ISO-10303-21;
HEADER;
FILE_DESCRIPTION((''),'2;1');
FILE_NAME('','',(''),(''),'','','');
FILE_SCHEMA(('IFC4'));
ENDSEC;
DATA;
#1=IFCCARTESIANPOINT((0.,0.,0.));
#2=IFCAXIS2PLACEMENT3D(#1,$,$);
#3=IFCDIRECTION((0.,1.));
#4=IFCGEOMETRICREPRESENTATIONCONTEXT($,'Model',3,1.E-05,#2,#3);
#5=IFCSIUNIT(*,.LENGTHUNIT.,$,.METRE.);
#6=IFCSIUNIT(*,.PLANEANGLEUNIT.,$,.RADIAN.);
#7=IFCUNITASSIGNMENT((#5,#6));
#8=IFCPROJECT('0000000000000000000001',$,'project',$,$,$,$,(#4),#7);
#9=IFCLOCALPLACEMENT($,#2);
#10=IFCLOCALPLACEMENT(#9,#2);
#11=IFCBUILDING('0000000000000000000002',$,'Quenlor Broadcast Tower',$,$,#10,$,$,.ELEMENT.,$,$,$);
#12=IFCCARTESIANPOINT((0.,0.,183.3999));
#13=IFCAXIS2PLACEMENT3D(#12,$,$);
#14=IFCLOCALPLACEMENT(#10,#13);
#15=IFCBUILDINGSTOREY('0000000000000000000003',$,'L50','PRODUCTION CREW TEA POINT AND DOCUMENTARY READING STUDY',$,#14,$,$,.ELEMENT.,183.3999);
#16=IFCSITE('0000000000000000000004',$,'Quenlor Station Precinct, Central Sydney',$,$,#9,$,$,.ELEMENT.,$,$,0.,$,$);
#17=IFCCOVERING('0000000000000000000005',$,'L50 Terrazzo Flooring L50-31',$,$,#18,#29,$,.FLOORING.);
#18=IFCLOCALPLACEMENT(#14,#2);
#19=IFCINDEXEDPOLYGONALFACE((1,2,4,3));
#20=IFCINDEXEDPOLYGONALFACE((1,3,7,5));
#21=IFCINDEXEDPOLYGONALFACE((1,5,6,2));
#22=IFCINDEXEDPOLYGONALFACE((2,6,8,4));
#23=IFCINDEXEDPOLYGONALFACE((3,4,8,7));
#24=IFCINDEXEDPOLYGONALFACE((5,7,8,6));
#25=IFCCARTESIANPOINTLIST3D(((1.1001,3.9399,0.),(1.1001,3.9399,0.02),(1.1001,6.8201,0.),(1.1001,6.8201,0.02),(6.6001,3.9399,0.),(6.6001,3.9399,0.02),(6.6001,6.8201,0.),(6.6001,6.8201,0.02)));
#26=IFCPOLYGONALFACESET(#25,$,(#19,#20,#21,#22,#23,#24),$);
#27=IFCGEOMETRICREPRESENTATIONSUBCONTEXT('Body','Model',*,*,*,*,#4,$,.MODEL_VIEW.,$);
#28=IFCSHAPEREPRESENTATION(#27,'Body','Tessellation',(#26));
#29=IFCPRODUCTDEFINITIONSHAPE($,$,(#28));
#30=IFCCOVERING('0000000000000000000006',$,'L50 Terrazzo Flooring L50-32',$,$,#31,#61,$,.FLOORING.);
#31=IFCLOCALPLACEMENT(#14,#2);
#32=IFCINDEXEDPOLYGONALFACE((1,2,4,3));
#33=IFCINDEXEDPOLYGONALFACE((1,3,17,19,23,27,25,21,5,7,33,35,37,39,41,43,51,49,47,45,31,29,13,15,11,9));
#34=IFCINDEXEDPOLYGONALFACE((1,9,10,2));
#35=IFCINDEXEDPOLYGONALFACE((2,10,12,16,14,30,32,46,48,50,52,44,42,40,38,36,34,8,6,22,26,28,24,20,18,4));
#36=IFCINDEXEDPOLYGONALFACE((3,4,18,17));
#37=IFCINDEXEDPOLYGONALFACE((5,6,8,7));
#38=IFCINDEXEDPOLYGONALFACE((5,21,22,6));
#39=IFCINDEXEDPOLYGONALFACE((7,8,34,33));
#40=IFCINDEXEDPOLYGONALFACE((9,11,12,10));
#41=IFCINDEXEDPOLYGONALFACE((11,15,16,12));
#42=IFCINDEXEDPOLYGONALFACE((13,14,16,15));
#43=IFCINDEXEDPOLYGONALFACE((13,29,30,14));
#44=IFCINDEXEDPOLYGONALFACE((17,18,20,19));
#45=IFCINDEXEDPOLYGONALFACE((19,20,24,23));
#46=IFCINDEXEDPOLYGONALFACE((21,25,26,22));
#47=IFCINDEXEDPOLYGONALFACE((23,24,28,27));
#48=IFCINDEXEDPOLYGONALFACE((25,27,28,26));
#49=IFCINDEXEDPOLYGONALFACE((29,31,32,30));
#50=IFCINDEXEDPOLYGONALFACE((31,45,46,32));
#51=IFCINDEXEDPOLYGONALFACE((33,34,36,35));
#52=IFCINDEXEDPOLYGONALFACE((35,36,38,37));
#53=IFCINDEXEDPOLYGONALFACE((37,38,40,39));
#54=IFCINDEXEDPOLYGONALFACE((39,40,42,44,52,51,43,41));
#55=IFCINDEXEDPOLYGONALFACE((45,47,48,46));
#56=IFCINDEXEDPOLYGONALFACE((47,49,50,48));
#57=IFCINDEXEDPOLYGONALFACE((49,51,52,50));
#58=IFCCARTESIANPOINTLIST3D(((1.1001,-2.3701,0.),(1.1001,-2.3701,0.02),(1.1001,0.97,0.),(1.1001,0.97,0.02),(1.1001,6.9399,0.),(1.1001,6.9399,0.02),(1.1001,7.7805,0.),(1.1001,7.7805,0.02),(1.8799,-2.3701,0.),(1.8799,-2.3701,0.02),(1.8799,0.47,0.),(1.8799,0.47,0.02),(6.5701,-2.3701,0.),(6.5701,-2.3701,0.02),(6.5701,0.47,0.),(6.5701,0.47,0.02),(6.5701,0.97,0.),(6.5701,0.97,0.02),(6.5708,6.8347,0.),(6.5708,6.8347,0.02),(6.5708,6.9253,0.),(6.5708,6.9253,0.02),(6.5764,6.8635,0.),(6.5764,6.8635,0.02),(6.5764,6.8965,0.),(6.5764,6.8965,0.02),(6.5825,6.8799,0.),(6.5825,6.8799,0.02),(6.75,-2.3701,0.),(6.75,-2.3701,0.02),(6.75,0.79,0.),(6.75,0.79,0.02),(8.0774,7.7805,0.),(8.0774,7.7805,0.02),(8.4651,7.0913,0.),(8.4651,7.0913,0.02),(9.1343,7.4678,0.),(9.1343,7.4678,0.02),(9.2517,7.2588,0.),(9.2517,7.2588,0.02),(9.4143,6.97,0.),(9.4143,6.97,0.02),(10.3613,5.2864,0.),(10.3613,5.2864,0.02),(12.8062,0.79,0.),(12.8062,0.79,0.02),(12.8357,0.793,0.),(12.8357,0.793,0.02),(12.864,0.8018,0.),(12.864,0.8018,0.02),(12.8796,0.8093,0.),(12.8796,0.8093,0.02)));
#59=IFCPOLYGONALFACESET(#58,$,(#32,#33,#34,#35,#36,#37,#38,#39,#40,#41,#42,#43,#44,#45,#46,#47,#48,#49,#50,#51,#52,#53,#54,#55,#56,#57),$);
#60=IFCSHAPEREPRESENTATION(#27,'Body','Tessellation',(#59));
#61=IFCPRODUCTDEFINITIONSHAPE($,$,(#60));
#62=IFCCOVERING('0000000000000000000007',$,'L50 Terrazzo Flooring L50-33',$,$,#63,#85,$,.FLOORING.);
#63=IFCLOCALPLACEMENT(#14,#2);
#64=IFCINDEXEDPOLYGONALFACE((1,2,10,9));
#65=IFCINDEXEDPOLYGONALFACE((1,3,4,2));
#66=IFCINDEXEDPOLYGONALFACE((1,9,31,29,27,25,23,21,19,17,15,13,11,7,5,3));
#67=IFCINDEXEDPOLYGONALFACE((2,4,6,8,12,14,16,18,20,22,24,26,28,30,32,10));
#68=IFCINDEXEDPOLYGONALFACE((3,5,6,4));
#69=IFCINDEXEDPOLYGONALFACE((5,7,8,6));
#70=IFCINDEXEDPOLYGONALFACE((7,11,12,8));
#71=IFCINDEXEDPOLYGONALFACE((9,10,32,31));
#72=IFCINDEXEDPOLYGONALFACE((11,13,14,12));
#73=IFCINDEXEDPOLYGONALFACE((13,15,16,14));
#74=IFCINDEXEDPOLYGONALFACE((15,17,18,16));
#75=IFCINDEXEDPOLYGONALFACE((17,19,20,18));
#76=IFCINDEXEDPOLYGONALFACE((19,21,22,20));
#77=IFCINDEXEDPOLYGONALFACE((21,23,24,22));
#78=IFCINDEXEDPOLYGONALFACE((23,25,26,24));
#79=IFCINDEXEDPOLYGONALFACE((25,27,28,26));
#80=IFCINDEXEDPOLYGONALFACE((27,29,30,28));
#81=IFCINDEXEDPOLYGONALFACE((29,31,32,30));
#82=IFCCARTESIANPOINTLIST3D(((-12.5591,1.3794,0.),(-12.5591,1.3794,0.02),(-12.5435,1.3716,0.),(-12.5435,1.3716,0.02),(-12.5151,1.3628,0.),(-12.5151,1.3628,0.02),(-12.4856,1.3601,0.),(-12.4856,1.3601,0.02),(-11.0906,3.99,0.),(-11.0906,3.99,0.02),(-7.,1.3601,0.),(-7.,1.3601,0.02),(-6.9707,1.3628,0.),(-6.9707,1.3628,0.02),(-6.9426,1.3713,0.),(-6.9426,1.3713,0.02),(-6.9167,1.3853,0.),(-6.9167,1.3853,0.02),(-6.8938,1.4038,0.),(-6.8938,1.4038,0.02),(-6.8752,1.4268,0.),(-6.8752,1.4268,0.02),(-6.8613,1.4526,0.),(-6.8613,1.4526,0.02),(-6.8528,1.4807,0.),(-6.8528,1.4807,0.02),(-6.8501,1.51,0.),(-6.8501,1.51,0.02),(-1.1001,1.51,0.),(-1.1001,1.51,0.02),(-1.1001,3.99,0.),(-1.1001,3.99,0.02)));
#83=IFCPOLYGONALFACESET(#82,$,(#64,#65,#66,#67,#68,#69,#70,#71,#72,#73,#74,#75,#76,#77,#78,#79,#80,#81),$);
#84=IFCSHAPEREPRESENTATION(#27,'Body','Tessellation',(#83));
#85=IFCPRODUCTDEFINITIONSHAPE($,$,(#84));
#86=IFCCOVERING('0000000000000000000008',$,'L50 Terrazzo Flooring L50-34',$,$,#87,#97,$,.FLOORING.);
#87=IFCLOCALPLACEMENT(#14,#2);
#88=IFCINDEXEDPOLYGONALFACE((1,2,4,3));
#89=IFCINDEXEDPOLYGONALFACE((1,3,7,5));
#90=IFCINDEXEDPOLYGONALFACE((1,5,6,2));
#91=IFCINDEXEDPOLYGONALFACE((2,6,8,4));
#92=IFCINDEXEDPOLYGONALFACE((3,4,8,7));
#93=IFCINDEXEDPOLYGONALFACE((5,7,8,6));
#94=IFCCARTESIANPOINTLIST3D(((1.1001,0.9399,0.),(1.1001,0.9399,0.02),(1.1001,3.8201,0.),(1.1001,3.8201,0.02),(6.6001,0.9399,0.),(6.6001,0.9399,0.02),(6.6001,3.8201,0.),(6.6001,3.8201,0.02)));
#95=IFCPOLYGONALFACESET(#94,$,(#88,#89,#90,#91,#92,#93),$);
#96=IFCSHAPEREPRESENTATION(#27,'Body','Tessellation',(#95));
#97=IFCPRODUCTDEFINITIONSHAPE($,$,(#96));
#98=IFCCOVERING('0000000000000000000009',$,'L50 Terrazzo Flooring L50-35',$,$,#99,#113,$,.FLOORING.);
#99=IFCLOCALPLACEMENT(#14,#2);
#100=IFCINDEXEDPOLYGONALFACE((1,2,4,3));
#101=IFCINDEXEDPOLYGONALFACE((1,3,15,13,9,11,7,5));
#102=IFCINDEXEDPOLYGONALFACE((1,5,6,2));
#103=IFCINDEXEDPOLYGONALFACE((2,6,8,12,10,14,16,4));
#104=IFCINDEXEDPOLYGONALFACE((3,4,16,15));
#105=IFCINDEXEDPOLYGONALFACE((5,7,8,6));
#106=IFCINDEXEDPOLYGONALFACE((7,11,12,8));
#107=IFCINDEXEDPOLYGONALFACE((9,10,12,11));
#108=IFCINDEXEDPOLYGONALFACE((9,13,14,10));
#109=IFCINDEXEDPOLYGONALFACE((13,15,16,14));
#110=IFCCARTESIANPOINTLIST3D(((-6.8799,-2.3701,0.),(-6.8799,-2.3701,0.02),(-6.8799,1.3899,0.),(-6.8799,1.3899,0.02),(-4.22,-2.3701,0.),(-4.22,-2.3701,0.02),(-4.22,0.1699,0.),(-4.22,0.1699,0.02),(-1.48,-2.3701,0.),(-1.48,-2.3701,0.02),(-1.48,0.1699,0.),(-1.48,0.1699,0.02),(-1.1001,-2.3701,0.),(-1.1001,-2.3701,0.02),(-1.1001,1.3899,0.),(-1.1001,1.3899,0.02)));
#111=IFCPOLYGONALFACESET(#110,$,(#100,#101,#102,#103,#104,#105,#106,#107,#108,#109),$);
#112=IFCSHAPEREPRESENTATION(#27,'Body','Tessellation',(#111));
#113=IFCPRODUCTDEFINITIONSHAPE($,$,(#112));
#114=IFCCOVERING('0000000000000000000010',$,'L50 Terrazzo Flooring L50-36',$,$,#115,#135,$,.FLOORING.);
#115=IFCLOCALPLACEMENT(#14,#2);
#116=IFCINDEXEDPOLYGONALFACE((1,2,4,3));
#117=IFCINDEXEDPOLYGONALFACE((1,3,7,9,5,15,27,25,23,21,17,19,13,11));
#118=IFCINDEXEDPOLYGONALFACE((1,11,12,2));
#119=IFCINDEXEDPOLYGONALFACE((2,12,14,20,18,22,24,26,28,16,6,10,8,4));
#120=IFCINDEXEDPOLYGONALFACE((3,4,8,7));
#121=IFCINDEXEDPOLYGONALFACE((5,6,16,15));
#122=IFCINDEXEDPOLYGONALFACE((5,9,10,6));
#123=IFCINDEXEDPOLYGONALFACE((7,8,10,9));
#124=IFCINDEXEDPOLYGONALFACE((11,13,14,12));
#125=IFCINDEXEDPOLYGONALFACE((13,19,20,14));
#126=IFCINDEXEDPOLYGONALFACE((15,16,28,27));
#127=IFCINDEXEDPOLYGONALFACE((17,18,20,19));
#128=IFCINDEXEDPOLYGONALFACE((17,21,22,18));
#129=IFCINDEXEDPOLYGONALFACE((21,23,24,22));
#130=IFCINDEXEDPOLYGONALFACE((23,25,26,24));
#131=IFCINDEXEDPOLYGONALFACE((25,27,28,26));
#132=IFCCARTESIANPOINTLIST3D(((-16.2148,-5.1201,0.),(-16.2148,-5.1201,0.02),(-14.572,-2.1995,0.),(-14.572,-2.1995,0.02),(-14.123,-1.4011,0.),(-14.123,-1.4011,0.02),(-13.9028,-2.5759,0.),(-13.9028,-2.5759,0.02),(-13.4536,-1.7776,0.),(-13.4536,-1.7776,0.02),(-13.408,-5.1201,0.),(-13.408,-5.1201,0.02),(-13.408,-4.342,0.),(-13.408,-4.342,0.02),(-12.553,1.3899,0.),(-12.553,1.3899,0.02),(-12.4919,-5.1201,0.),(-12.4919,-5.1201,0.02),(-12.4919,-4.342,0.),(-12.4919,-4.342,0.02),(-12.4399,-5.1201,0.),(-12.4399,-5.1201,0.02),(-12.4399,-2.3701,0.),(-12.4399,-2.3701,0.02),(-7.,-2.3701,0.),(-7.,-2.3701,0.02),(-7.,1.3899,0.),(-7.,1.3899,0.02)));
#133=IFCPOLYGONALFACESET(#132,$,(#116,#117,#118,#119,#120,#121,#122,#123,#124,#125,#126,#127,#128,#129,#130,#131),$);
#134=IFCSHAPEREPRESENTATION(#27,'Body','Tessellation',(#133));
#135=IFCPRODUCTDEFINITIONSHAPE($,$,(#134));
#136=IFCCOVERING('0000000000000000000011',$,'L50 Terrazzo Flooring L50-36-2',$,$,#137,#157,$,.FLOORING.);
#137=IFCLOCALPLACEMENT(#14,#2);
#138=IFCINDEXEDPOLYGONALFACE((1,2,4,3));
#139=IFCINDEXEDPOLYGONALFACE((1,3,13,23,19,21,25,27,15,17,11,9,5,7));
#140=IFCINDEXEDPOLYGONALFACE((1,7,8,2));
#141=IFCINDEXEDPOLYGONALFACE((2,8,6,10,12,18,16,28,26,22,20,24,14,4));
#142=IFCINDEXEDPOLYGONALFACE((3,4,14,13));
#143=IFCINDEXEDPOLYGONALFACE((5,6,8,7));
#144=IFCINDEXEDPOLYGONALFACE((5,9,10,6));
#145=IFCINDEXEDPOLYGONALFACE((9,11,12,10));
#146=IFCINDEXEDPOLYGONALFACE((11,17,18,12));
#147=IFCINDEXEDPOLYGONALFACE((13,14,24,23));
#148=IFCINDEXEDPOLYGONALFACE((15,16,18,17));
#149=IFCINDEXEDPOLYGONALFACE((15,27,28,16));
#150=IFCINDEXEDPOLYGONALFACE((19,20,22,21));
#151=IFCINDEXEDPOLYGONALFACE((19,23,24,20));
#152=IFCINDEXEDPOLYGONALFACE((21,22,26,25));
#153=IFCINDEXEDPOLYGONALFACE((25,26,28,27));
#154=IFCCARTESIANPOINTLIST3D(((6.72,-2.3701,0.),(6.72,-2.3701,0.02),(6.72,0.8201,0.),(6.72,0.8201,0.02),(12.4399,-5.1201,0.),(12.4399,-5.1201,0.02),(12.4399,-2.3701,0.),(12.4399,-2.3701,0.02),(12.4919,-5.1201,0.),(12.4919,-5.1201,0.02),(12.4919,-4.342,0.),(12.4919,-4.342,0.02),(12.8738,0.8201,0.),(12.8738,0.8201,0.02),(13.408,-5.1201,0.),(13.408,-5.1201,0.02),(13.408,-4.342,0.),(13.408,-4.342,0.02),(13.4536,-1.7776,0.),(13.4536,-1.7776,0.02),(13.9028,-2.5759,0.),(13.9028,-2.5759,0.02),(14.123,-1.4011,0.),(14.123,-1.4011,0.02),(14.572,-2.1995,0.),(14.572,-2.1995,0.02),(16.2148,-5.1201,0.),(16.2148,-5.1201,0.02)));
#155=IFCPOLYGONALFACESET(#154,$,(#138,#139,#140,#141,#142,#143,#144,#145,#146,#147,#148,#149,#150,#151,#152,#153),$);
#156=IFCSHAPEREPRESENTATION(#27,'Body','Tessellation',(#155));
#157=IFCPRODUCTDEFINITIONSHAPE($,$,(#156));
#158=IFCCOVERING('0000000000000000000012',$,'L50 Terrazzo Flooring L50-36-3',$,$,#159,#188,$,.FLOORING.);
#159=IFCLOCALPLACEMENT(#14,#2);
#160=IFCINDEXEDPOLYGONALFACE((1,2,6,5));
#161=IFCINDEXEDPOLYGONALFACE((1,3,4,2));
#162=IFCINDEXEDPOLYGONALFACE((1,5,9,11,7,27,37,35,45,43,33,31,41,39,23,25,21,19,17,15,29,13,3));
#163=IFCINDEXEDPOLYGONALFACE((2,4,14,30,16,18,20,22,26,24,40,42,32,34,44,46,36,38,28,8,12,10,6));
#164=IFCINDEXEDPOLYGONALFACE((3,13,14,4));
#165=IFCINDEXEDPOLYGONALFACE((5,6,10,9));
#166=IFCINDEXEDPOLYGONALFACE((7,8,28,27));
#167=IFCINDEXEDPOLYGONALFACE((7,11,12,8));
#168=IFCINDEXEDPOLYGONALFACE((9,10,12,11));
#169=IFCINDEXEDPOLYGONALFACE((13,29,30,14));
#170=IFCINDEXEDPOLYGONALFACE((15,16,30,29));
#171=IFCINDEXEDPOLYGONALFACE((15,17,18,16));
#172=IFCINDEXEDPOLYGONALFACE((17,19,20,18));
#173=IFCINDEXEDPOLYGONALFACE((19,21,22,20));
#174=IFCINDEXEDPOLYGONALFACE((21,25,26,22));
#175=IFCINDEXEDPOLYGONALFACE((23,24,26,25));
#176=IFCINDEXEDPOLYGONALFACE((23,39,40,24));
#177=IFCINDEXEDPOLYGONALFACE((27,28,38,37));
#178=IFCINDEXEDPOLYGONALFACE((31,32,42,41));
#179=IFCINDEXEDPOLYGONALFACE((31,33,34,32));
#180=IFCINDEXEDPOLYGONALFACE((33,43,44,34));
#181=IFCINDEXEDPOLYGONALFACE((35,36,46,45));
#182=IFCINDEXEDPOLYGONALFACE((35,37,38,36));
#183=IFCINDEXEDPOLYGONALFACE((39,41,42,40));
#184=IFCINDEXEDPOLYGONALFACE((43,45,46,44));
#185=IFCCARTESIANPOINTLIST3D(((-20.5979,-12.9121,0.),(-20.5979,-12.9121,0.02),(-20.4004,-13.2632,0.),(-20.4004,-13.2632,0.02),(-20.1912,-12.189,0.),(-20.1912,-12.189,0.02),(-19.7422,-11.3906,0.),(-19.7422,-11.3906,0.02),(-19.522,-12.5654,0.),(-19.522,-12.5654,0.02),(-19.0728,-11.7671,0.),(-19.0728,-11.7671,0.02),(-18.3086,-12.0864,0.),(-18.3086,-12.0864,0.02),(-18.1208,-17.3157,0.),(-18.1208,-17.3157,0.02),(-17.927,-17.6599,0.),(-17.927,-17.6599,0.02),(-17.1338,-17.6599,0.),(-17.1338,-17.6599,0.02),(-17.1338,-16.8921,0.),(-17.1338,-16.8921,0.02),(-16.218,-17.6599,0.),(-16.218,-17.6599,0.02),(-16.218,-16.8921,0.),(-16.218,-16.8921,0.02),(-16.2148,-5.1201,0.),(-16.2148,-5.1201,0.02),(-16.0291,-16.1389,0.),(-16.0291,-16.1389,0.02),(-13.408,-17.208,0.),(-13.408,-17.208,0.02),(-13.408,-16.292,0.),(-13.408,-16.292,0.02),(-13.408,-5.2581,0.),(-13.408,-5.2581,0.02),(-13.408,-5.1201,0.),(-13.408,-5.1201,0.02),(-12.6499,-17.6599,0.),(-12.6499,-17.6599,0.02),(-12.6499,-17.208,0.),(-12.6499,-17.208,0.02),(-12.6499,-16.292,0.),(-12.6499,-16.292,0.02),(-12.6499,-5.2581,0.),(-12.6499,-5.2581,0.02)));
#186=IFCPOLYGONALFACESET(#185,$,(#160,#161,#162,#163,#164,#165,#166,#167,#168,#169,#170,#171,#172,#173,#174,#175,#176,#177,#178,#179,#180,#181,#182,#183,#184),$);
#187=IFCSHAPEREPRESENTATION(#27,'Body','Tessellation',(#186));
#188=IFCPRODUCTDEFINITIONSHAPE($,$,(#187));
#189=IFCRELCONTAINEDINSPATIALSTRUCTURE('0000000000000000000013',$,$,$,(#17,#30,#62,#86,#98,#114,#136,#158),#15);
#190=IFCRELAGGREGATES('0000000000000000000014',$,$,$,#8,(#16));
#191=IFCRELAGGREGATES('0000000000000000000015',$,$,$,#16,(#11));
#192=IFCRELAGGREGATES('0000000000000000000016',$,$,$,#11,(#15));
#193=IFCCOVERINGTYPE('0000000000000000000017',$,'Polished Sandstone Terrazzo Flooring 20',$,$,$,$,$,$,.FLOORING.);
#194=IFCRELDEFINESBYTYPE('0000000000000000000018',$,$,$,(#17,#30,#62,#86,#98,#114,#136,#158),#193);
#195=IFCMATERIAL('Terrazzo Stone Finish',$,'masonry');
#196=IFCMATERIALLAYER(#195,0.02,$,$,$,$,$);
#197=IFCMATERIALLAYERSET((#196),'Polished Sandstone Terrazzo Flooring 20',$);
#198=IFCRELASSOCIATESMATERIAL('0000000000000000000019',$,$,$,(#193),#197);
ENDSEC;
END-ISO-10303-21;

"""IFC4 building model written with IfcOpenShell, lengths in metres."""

from ifc_helpers import new_model, si_unit, direction, frame, origin, place, context, subcontext, project, spatial, polyline, outline, extrude, material, layer, layer_set, type_object, element, save


model = new_model("IFC4")

# Units and contexts
model_context = context("Model", 3, precision=1e-05, world=origin(), true_north=direction((0.0, 1.0)))
body_context = subcontext(model_context, "Body", "Model", "MODEL_VIEW")
ifc_project = project(units=[si_unit("LENGTHUNIT", "METRE"), si_unit("PLANEANGLEUNIT", "RADIAN")], contexts=[model_context])

# Site, building, storey
site_placement = place(None, origin())
site = spatial("IfcSite", under=ifc_project, at=site_placement, Name="Quenlor Station Precinct, Central Sydney", CompositionType="ELEMENT", RefElevation=0.0)
building_placement = place(site_placement, origin())
building = spatial("IfcBuilding", under=site, at=building_placement, Name="Quenlor Broadcast Tower", CompositionType="ELEMENT")
storey_placement = place(building_placement, frame((0.0, 0.0, 183.3999)))
storey = spatial("IfcBuildingStorey", under=building, at=storey_placement, Name="L50", Description="PRODUCTION CREW TEA POINT AND DOCUMENTARY READING STUDY", CompositionType="ELEMENT", Elevation=183.3999)

# Coverings
ifc_material_1 = material(Name="Terrazzo Stone Finish", Category="masonry")
ifc_layer_1 = layer(ifc_material_1, 0.02)
ifc_layer_set_1 = layer_set([ifc_layer_1], Name="Polished Sandstone Terrazzo Flooring 20")
covering_type_1 = type_object("IfcCoveringType", Name="Polished Sandstone Terrazzo Flooring 20", PredefinedType="FLOORING", material=ifc_layer_set_1)
covering_1_placement = place(storey_placement, origin())
element("IfcCovering", 1, at=covering_1_placement, inside=storey, type_object=covering_type_1, Name="L50 Terrazzo Flooring L50-31", PredefinedType="FLOORING", context=body_context, shape_type="SweptSolid", body=[
    extrude(outline(polyline([(1.1001, 6.8201), (6.6001, 6.8201), (6.6001, 3.9399), (1.1001, 3.9399), (1.1001, 6.8201)])), origin(), (0.0, 0.0, 1.0), 0.02),
])
covering_2_placement = place(storey_placement, origin())
element("IfcCovering", 2, at=covering_2_placement, inside=storey, type_object=covering_type_1, Name="L50 Terrazzo Flooring L50-32", PredefinedType="FLOORING", context=body_context, shape_type="SweptSolid", body=[
    extrude(outline(polyline([(6.5825, 6.8799), (6.5764, 6.8965), (6.5708, 6.9253), (1.1001, 6.9399), (1.1001, 7.7805), (8.0774, 7.7805), (8.4651, 7.0913), (9.1343, 7.4678), (9.2517, 7.2588), (9.4143, 6.97), (10.3613, 5.2864), (12.8796, 0.8093), (12.864, 0.8018), (12.8357, 0.793), (12.8062, 0.79), (6.75, 0.79), (6.75, -2.3701), (6.5701, -2.3701), (6.5701, 0.47), (1.8799, 0.47), (1.8799, -2.3701), (1.1001, -2.3701), (1.1001, 0.97), (6.5701, 0.97), (6.5708, 6.8347), (6.5764, 6.8635), (6.5825, 6.8799)])), origin(), (0.0, 0.0, 1.0), 0.02),
])
covering_3_placement = place(storey_placement, origin())
element("IfcCovering", 3, at=covering_3_placement, inside=storey, type_object=covering_type_1, Name="L50 Terrazzo Flooring L50-33", PredefinedType="FLOORING", context=body_context, shape_type="SweptSolid", body=[
    extrude(outline(polyline([(-6.8613, 1.4526), (-6.8752, 1.4268), (-6.8938, 1.4038), (-6.9167, 1.3853), (-6.9426, 1.3713), (-6.9707, 1.3628), (-7.0, 1.3601), (-12.4856, 1.3601), (-12.5151, 1.3628), (-12.5435, 1.3716), (-12.5591, 1.3794), (-11.0906, 3.99), (-1.1001, 3.99), (-1.1001, 1.51), (-6.8501, 1.51), (-6.8528, 1.4807), (-6.8613, 1.4526)])), origin(), (0.0, 0.0, 1.0), 0.02),
])
covering_4_placement = place(storey_placement, origin())
element("IfcCovering", 4, at=covering_4_placement, inside=storey, type_object=covering_type_1, Name="L50 Terrazzo Flooring L50-34", PredefinedType="FLOORING", context=body_context, shape_type="SweptSolid", body=[
    extrude(outline(polyline([(6.6001, 3.8201), (6.6001, 0.9399), (1.1001, 0.9399), (1.1001, 3.8201), (6.6001, 3.8201)])), origin(), (0.0, 0.0, 1.0), 0.02),
])
covering_5_placement = place(storey_placement, origin())
element("IfcCovering", 5, at=covering_5_placement, inside=storey, type_object=covering_type_1, Name="L50 Terrazzo Flooring L50-35", PredefinedType="FLOORING", context=body_context, shape_type="SweptSolid", body=[
    extrude(outline(polyline([(-4.22, 0.1699), (-4.22, -2.3701), (-6.8799, -2.3701), (-6.8799, 1.3899), (-1.1001, 1.3899), (-1.1001, -2.3701), (-1.48, -2.3701), (-1.48, 0.1699), (-4.22, 0.1699)])), origin(), (0.0, 0.0, 1.0), 0.02),
])
covering_6_placement = place(storey_placement, origin())
element("IfcCovering", 6, at=covering_6_placement, inside=storey, type_object=covering_type_1, Name="L50 Terrazzo Flooring L50-36", PredefinedType="FLOORING", context=body_context, shape_type="SweptSolid", body=[
    extrude(outline(polyline([(-14.572, -2.1995), (-13.9028, -2.5759), (-13.4536, -1.7776), (-14.123, -1.4011), (-12.553, 1.3899), (-7.0, 1.3899), (-7.0, -2.3701), (-12.4399, -2.3701), (-12.4399, -5.1201), (-12.4919, -5.1201), (-12.4919, -4.342), (-13.408, -4.342), (-13.408, -5.1201), (-16.2148, -5.1201), (-14.572, -2.1995)])), origin(), (0.0, 0.0, 1.0), 0.02),
])
covering_7_placement = place(storey_placement, origin())
element("IfcCovering", 7, at=covering_7_placement, inside=storey, type_object=covering_type_1, Name="L50 Terrazzo Flooring L50-36-2", PredefinedType="FLOORING", context=body_context, shape_type="SweptSolid", body=[
    extrude(outline(polyline([(13.408, -4.342), (12.4919, -4.342), (12.4919, -5.1201), (12.4399, -5.1201), (12.4399, -2.3701), (6.72, -2.3701), (6.72, 0.8201), (12.8738, 0.8201), (14.123, -1.4011), (13.4536, -1.7776), (13.9028, -2.5759), (14.572, -2.1995), (16.2148, -5.1201), (13.408, -5.1201), (13.408, -4.342)])), origin(), (0.0, 0.0, 1.0), 0.02),
])
covering_8_placement = place(storey_placement, origin())
element("IfcCovering", 8, at=covering_8_placement, inside=storey, type_object=covering_type_1, Name="L50 Terrazzo Flooring L50-36-3", PredefinedType="FLOORING", context=body_context, shape_type="SweptSolid", body=[
    extrude(outline(polyline([(-20.4004, -13.2632), (-20.5979, -12.9121), (-20.1912, -12.189), (-19.522, -12.5654), (-19.0728, -11.7671), (-19.7422, -11.3906), (-16.2148, -5.1201), (-13.408, -5.1201), (-13.408, -5.2581), (-12.6499, -5.2581), (-12.6499, -16.292), (-13.408, -16.292), (-13.408, -17.208), (-12.6499, -17.208), (-12.6499, -17.6599), (-16.218, -17.6599), (-16.218, -16.8921), (-17.1338, -16.8921), (-17.1338, -17.6599), (-17.927, -17.6599), (-18.1208, -17.3157), (-16.0291, -16.1389), (-18.3086, -12.0864), (-20.4004, -13.2632)])), origin(), (0.0, 0.0, 1.0), 0.02),
])

save(model, "model.ifc")
